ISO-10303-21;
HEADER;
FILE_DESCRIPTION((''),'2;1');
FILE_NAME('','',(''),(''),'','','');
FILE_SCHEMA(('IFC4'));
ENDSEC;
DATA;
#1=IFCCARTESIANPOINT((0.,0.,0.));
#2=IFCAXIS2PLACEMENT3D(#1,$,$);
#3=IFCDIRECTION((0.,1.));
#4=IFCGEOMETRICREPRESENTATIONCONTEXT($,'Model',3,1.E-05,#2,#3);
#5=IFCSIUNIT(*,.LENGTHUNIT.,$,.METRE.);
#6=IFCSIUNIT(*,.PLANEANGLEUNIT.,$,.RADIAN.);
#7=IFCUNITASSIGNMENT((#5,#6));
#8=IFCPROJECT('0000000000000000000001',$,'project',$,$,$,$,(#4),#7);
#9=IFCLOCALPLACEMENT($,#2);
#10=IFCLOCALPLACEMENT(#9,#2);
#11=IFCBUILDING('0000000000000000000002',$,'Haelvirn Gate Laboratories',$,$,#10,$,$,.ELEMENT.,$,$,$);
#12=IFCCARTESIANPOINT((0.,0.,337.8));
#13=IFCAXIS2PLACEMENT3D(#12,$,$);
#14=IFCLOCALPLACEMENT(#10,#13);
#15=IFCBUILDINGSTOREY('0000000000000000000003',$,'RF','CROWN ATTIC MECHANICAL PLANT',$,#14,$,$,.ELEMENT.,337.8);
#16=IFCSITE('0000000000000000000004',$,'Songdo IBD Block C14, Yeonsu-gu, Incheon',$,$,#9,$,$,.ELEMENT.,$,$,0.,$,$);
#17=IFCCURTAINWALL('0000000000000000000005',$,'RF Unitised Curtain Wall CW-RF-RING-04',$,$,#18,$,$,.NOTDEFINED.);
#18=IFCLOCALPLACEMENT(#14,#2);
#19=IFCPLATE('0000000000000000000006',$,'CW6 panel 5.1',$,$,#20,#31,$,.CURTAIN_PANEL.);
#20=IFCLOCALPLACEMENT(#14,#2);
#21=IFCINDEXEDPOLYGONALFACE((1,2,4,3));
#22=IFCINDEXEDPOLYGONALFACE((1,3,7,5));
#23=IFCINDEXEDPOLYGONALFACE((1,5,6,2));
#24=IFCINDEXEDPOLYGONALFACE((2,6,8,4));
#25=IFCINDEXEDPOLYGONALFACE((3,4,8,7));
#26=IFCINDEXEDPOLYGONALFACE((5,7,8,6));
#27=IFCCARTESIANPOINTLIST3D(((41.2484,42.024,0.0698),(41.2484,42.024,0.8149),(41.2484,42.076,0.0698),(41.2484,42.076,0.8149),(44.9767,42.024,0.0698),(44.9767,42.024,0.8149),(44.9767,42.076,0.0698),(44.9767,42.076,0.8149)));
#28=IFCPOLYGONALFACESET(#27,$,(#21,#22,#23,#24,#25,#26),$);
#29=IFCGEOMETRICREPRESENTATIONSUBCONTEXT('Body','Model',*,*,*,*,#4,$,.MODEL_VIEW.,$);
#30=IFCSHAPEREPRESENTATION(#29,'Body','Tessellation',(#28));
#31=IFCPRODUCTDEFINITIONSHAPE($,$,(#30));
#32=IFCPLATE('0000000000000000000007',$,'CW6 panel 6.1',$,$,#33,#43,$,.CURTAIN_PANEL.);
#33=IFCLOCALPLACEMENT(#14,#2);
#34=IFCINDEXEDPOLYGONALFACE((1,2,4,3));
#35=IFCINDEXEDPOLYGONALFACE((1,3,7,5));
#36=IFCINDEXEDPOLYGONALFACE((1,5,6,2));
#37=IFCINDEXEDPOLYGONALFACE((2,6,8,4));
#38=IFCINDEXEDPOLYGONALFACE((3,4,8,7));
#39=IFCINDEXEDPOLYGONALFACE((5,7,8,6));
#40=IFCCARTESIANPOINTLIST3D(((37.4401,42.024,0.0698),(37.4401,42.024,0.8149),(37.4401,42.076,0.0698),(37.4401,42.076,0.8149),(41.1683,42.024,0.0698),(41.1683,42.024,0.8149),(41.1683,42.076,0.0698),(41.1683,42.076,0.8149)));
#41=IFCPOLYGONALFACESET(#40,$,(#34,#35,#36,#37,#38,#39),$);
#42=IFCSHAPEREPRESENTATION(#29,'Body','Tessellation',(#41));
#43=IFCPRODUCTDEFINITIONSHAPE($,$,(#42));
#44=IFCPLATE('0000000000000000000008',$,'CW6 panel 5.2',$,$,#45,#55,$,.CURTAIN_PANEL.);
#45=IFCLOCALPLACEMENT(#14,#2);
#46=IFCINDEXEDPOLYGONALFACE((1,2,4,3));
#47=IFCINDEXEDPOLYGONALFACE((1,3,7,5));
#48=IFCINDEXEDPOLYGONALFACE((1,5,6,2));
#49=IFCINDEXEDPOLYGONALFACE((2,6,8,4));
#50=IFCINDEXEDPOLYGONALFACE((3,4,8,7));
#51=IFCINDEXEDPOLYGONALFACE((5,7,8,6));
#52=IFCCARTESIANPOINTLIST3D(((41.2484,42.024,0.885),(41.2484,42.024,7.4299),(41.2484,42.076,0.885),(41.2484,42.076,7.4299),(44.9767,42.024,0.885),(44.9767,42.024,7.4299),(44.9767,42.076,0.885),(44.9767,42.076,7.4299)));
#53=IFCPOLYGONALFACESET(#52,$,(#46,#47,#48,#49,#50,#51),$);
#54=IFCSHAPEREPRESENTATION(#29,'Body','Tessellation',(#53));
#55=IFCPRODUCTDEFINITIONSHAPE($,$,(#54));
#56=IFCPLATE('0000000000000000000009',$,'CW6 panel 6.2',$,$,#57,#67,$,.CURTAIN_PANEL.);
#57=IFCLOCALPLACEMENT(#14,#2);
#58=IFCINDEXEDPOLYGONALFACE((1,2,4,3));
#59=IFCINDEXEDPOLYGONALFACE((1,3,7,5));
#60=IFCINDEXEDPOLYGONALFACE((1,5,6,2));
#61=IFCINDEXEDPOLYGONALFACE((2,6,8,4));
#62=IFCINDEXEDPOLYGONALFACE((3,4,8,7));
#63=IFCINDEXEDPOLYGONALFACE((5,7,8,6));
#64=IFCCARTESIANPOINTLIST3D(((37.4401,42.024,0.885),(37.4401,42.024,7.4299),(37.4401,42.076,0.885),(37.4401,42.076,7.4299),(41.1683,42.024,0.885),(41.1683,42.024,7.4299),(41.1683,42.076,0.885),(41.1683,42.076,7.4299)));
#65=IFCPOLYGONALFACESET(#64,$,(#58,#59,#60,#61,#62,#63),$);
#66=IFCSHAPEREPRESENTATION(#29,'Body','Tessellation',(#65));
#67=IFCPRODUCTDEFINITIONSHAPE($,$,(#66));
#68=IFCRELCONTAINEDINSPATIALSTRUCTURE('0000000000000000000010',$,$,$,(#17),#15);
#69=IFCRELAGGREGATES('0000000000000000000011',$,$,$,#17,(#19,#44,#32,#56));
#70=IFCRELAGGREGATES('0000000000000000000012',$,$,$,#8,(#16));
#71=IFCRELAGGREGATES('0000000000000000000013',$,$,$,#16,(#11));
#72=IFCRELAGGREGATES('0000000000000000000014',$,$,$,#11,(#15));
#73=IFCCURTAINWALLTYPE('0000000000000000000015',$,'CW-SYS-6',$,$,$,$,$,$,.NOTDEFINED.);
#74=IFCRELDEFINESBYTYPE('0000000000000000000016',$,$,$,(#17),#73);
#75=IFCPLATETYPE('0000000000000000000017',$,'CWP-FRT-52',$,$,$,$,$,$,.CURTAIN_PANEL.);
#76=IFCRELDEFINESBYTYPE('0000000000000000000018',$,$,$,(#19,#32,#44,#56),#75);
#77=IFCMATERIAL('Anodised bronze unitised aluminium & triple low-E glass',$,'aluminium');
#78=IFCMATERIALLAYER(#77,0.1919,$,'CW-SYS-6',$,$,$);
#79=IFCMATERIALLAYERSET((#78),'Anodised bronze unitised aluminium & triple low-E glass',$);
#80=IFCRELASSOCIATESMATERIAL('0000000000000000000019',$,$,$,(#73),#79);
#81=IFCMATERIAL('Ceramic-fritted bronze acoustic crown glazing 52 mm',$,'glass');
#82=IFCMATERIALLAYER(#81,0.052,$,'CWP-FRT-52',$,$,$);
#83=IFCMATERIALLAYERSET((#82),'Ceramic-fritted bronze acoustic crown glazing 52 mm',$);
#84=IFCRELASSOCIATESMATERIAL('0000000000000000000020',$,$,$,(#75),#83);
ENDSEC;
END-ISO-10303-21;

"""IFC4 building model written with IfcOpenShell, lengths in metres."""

from ifc_helpers import new_model, si_unit, direction, frame, origin, origin_2d, place, context, subcontext, project, spatial, rectangle, extrude, source, transform, mapped, material, layer, layer_set, type_object, type_shapes, element, aggregate, save


model = new_model("IFC4")

# Units and contexts
model_context = context("Model", 3, precision=1e-05, world=origin(), true_north=direction((0.0, 1.0)))
body_context = subcontext(model_context, "Body", "Model", "MODEL_VIEW")
ifc_project = project(units=[si_unit("LENGTHUNIT", "METRE"), si_unit("PLANEANGLEUNIT", "RADIAN")], contexts=[model_context])

# Site, building, storey
site_placement = place(None, origin())
site = spatial("IfcSite", under=ifc_project, at=site_placement, Name="Songdo IBD Block C14, Yeonsu-gu, Incheon", CompositionType="ELEMENT", RefElevation=0.0)
building_placement = place(site_placement, origin())
building = spatial("IfcBuilding", under=site, at=building_placement, Name="Haelvirn Gate Laboratories", CompositionType="ELEMENT")
storey_placement = place(building_placement, frame((0.0, 0.0, 337.8)))
storey = spatial("IfcBuildingStorey", under=building, at=storey_placement, Name="RF", Description="CROWN ATTIC MECHANICAL PLANT", CompositionType="ELEMENT", Elevation=337.8)

# Curtain wall
ifc_material_1 = material(Name="Anodised bronze unitised aluminium & triple low-E glass", Category="aluminium")
ifc_layer_1 = layer(ifc_material_1, 0.1919, Name="CW-SYS-6")
ifc_layer_set_1 = layer_set([ifc_layer_1], Name="Anodised bronze unitised aluminium & triple low-E glass")
curtain_wall_type = type_object("IfcCurtainWallType", Name="CW-SYS-6", PredefinedType="NOTDEFINED", material=ifc_layer_set_1)
curtain_wall_placement = place(storey_placement, origin())
curtain_wall = element("IfcCurtainWall", 1, at=curtain_wall_placement, inside=storey, type_object=curtain_wall_type, Name="RF Unitised Curtain Wall CW-RF-RING-04", PredefinedType="NOTDEFINED")

# Plates
ifc_material_2 = material(Name="Ceramic-fritted bronze acoustic crown glazing 52 mm", Category="glass")
ifc_layer_2 = layer(ifc_material_2, 0.052, Name="CWP-FRT-52")
ifc_layer_set_2 = layer_set([ifc_layer_2], Name="Ceramic-fritted bronze acoustic crown glazing 52 mm")
plate_type_1 = type_object("IfcPlateType", Name="CWP-FRT-52", PredefinedType="CURTAIN_PANEL", material=ifc_layer_set_2)
shared_shape_1 = source(origin(), body_context, "Body", "SweptSolid", [
    extrude(rectangle(XDim=3.7283, YDim=0.052, at=origin_2d()), origin(), (0.0, 0.0, 1.0), 0.7451),
])
plate_1_placement = place(storey_placement, frame((43.1125, 42.05, 0.0698), z_axis=(0.0, 0.0, 1.0), x_axis=(-1.0, 0.0, 0.0)))
plate_1 = element("IfcPlate", 2, at=plate_1_placement, type_object=plate_type_1, Name="CW6 panel 5.1", PredefinedType="CURTAIN_PANEL", context=body_context, shape_type="MappedRepresentation", body=[
    mapped(shared_shape_1, transform((0.0, 0.0, 0.0), scale=1.0)),
])
plate_2_placement = place(storey_placement, frame((39.3042, 42.05, 0.0698), z_axis=(0.0, 0.0, 1.0), x_axis=(-1.0, 0.0, 0.0)))
plate_2 = element("IfcPlate", 3, at=plate_2_placement, type_object=plate_type_1, Name="CW6 panel 6.1", PredefinedType="CURTAIN_PANEL", context=body_context, shape_type="MappedRepresentation", body=[
    mapped(shared_shape_1, transform((0.0, 0.0, 0.0), scale=1.0)),
])
shared_shape_2 = source(origin(), body_context, "Body", "SweptSolid", [
    extrude(rectangle(XDim=3.7283, YDim=0.052, at=origin_2d()), origin(), (0.0, 0.0, 1.0), 6.5449),
])
type_shapes(plate_type_1, [shared_shape_1, shared_shape_2])
plate_3_placement = place(storey_placement, frame((43.1125, 42.05, 0.885), z_axis=(0.0, 0.0, 1.0), x_axis=(-1.0, 0.0, 0.0)))
plate_3 = element("IfcPlate", 4, at=plate_3_placement, type_object=plate_type_1, Name="CW6 panel 5.2", PredefinedType="CURTAIN_PANEL", context=body_context, shape_type="MappedRepresentation", body=[
    mapped(shared_shape_2, transform((0.0, 0.0, 0.0), scale=1.0)),
])
plate_4_placement = place(storey_placement, frame((39.3042, 42.05, 0.885), z_axis=(0.0, 0.0, 1.0), x_axis=(-1.0, 0.0, 0.0)))
plate_4 = element("IfcPlate", 5, at=plate_4_placement, type_object=plate_type_1, Name="CW6 panel 6.2", PredefinedType="CURTAIN_PANEL", context=body_context, shape_type="MappedRepresentation", body=[
    mapped(shared_shape_2, transform((0.0, 0.0, 0.0), scale=1.0)),
])
aggregate(curtain_wall, [plate_1, plate_3, plate_2, plate_4])

save(model, "model.ifc")
